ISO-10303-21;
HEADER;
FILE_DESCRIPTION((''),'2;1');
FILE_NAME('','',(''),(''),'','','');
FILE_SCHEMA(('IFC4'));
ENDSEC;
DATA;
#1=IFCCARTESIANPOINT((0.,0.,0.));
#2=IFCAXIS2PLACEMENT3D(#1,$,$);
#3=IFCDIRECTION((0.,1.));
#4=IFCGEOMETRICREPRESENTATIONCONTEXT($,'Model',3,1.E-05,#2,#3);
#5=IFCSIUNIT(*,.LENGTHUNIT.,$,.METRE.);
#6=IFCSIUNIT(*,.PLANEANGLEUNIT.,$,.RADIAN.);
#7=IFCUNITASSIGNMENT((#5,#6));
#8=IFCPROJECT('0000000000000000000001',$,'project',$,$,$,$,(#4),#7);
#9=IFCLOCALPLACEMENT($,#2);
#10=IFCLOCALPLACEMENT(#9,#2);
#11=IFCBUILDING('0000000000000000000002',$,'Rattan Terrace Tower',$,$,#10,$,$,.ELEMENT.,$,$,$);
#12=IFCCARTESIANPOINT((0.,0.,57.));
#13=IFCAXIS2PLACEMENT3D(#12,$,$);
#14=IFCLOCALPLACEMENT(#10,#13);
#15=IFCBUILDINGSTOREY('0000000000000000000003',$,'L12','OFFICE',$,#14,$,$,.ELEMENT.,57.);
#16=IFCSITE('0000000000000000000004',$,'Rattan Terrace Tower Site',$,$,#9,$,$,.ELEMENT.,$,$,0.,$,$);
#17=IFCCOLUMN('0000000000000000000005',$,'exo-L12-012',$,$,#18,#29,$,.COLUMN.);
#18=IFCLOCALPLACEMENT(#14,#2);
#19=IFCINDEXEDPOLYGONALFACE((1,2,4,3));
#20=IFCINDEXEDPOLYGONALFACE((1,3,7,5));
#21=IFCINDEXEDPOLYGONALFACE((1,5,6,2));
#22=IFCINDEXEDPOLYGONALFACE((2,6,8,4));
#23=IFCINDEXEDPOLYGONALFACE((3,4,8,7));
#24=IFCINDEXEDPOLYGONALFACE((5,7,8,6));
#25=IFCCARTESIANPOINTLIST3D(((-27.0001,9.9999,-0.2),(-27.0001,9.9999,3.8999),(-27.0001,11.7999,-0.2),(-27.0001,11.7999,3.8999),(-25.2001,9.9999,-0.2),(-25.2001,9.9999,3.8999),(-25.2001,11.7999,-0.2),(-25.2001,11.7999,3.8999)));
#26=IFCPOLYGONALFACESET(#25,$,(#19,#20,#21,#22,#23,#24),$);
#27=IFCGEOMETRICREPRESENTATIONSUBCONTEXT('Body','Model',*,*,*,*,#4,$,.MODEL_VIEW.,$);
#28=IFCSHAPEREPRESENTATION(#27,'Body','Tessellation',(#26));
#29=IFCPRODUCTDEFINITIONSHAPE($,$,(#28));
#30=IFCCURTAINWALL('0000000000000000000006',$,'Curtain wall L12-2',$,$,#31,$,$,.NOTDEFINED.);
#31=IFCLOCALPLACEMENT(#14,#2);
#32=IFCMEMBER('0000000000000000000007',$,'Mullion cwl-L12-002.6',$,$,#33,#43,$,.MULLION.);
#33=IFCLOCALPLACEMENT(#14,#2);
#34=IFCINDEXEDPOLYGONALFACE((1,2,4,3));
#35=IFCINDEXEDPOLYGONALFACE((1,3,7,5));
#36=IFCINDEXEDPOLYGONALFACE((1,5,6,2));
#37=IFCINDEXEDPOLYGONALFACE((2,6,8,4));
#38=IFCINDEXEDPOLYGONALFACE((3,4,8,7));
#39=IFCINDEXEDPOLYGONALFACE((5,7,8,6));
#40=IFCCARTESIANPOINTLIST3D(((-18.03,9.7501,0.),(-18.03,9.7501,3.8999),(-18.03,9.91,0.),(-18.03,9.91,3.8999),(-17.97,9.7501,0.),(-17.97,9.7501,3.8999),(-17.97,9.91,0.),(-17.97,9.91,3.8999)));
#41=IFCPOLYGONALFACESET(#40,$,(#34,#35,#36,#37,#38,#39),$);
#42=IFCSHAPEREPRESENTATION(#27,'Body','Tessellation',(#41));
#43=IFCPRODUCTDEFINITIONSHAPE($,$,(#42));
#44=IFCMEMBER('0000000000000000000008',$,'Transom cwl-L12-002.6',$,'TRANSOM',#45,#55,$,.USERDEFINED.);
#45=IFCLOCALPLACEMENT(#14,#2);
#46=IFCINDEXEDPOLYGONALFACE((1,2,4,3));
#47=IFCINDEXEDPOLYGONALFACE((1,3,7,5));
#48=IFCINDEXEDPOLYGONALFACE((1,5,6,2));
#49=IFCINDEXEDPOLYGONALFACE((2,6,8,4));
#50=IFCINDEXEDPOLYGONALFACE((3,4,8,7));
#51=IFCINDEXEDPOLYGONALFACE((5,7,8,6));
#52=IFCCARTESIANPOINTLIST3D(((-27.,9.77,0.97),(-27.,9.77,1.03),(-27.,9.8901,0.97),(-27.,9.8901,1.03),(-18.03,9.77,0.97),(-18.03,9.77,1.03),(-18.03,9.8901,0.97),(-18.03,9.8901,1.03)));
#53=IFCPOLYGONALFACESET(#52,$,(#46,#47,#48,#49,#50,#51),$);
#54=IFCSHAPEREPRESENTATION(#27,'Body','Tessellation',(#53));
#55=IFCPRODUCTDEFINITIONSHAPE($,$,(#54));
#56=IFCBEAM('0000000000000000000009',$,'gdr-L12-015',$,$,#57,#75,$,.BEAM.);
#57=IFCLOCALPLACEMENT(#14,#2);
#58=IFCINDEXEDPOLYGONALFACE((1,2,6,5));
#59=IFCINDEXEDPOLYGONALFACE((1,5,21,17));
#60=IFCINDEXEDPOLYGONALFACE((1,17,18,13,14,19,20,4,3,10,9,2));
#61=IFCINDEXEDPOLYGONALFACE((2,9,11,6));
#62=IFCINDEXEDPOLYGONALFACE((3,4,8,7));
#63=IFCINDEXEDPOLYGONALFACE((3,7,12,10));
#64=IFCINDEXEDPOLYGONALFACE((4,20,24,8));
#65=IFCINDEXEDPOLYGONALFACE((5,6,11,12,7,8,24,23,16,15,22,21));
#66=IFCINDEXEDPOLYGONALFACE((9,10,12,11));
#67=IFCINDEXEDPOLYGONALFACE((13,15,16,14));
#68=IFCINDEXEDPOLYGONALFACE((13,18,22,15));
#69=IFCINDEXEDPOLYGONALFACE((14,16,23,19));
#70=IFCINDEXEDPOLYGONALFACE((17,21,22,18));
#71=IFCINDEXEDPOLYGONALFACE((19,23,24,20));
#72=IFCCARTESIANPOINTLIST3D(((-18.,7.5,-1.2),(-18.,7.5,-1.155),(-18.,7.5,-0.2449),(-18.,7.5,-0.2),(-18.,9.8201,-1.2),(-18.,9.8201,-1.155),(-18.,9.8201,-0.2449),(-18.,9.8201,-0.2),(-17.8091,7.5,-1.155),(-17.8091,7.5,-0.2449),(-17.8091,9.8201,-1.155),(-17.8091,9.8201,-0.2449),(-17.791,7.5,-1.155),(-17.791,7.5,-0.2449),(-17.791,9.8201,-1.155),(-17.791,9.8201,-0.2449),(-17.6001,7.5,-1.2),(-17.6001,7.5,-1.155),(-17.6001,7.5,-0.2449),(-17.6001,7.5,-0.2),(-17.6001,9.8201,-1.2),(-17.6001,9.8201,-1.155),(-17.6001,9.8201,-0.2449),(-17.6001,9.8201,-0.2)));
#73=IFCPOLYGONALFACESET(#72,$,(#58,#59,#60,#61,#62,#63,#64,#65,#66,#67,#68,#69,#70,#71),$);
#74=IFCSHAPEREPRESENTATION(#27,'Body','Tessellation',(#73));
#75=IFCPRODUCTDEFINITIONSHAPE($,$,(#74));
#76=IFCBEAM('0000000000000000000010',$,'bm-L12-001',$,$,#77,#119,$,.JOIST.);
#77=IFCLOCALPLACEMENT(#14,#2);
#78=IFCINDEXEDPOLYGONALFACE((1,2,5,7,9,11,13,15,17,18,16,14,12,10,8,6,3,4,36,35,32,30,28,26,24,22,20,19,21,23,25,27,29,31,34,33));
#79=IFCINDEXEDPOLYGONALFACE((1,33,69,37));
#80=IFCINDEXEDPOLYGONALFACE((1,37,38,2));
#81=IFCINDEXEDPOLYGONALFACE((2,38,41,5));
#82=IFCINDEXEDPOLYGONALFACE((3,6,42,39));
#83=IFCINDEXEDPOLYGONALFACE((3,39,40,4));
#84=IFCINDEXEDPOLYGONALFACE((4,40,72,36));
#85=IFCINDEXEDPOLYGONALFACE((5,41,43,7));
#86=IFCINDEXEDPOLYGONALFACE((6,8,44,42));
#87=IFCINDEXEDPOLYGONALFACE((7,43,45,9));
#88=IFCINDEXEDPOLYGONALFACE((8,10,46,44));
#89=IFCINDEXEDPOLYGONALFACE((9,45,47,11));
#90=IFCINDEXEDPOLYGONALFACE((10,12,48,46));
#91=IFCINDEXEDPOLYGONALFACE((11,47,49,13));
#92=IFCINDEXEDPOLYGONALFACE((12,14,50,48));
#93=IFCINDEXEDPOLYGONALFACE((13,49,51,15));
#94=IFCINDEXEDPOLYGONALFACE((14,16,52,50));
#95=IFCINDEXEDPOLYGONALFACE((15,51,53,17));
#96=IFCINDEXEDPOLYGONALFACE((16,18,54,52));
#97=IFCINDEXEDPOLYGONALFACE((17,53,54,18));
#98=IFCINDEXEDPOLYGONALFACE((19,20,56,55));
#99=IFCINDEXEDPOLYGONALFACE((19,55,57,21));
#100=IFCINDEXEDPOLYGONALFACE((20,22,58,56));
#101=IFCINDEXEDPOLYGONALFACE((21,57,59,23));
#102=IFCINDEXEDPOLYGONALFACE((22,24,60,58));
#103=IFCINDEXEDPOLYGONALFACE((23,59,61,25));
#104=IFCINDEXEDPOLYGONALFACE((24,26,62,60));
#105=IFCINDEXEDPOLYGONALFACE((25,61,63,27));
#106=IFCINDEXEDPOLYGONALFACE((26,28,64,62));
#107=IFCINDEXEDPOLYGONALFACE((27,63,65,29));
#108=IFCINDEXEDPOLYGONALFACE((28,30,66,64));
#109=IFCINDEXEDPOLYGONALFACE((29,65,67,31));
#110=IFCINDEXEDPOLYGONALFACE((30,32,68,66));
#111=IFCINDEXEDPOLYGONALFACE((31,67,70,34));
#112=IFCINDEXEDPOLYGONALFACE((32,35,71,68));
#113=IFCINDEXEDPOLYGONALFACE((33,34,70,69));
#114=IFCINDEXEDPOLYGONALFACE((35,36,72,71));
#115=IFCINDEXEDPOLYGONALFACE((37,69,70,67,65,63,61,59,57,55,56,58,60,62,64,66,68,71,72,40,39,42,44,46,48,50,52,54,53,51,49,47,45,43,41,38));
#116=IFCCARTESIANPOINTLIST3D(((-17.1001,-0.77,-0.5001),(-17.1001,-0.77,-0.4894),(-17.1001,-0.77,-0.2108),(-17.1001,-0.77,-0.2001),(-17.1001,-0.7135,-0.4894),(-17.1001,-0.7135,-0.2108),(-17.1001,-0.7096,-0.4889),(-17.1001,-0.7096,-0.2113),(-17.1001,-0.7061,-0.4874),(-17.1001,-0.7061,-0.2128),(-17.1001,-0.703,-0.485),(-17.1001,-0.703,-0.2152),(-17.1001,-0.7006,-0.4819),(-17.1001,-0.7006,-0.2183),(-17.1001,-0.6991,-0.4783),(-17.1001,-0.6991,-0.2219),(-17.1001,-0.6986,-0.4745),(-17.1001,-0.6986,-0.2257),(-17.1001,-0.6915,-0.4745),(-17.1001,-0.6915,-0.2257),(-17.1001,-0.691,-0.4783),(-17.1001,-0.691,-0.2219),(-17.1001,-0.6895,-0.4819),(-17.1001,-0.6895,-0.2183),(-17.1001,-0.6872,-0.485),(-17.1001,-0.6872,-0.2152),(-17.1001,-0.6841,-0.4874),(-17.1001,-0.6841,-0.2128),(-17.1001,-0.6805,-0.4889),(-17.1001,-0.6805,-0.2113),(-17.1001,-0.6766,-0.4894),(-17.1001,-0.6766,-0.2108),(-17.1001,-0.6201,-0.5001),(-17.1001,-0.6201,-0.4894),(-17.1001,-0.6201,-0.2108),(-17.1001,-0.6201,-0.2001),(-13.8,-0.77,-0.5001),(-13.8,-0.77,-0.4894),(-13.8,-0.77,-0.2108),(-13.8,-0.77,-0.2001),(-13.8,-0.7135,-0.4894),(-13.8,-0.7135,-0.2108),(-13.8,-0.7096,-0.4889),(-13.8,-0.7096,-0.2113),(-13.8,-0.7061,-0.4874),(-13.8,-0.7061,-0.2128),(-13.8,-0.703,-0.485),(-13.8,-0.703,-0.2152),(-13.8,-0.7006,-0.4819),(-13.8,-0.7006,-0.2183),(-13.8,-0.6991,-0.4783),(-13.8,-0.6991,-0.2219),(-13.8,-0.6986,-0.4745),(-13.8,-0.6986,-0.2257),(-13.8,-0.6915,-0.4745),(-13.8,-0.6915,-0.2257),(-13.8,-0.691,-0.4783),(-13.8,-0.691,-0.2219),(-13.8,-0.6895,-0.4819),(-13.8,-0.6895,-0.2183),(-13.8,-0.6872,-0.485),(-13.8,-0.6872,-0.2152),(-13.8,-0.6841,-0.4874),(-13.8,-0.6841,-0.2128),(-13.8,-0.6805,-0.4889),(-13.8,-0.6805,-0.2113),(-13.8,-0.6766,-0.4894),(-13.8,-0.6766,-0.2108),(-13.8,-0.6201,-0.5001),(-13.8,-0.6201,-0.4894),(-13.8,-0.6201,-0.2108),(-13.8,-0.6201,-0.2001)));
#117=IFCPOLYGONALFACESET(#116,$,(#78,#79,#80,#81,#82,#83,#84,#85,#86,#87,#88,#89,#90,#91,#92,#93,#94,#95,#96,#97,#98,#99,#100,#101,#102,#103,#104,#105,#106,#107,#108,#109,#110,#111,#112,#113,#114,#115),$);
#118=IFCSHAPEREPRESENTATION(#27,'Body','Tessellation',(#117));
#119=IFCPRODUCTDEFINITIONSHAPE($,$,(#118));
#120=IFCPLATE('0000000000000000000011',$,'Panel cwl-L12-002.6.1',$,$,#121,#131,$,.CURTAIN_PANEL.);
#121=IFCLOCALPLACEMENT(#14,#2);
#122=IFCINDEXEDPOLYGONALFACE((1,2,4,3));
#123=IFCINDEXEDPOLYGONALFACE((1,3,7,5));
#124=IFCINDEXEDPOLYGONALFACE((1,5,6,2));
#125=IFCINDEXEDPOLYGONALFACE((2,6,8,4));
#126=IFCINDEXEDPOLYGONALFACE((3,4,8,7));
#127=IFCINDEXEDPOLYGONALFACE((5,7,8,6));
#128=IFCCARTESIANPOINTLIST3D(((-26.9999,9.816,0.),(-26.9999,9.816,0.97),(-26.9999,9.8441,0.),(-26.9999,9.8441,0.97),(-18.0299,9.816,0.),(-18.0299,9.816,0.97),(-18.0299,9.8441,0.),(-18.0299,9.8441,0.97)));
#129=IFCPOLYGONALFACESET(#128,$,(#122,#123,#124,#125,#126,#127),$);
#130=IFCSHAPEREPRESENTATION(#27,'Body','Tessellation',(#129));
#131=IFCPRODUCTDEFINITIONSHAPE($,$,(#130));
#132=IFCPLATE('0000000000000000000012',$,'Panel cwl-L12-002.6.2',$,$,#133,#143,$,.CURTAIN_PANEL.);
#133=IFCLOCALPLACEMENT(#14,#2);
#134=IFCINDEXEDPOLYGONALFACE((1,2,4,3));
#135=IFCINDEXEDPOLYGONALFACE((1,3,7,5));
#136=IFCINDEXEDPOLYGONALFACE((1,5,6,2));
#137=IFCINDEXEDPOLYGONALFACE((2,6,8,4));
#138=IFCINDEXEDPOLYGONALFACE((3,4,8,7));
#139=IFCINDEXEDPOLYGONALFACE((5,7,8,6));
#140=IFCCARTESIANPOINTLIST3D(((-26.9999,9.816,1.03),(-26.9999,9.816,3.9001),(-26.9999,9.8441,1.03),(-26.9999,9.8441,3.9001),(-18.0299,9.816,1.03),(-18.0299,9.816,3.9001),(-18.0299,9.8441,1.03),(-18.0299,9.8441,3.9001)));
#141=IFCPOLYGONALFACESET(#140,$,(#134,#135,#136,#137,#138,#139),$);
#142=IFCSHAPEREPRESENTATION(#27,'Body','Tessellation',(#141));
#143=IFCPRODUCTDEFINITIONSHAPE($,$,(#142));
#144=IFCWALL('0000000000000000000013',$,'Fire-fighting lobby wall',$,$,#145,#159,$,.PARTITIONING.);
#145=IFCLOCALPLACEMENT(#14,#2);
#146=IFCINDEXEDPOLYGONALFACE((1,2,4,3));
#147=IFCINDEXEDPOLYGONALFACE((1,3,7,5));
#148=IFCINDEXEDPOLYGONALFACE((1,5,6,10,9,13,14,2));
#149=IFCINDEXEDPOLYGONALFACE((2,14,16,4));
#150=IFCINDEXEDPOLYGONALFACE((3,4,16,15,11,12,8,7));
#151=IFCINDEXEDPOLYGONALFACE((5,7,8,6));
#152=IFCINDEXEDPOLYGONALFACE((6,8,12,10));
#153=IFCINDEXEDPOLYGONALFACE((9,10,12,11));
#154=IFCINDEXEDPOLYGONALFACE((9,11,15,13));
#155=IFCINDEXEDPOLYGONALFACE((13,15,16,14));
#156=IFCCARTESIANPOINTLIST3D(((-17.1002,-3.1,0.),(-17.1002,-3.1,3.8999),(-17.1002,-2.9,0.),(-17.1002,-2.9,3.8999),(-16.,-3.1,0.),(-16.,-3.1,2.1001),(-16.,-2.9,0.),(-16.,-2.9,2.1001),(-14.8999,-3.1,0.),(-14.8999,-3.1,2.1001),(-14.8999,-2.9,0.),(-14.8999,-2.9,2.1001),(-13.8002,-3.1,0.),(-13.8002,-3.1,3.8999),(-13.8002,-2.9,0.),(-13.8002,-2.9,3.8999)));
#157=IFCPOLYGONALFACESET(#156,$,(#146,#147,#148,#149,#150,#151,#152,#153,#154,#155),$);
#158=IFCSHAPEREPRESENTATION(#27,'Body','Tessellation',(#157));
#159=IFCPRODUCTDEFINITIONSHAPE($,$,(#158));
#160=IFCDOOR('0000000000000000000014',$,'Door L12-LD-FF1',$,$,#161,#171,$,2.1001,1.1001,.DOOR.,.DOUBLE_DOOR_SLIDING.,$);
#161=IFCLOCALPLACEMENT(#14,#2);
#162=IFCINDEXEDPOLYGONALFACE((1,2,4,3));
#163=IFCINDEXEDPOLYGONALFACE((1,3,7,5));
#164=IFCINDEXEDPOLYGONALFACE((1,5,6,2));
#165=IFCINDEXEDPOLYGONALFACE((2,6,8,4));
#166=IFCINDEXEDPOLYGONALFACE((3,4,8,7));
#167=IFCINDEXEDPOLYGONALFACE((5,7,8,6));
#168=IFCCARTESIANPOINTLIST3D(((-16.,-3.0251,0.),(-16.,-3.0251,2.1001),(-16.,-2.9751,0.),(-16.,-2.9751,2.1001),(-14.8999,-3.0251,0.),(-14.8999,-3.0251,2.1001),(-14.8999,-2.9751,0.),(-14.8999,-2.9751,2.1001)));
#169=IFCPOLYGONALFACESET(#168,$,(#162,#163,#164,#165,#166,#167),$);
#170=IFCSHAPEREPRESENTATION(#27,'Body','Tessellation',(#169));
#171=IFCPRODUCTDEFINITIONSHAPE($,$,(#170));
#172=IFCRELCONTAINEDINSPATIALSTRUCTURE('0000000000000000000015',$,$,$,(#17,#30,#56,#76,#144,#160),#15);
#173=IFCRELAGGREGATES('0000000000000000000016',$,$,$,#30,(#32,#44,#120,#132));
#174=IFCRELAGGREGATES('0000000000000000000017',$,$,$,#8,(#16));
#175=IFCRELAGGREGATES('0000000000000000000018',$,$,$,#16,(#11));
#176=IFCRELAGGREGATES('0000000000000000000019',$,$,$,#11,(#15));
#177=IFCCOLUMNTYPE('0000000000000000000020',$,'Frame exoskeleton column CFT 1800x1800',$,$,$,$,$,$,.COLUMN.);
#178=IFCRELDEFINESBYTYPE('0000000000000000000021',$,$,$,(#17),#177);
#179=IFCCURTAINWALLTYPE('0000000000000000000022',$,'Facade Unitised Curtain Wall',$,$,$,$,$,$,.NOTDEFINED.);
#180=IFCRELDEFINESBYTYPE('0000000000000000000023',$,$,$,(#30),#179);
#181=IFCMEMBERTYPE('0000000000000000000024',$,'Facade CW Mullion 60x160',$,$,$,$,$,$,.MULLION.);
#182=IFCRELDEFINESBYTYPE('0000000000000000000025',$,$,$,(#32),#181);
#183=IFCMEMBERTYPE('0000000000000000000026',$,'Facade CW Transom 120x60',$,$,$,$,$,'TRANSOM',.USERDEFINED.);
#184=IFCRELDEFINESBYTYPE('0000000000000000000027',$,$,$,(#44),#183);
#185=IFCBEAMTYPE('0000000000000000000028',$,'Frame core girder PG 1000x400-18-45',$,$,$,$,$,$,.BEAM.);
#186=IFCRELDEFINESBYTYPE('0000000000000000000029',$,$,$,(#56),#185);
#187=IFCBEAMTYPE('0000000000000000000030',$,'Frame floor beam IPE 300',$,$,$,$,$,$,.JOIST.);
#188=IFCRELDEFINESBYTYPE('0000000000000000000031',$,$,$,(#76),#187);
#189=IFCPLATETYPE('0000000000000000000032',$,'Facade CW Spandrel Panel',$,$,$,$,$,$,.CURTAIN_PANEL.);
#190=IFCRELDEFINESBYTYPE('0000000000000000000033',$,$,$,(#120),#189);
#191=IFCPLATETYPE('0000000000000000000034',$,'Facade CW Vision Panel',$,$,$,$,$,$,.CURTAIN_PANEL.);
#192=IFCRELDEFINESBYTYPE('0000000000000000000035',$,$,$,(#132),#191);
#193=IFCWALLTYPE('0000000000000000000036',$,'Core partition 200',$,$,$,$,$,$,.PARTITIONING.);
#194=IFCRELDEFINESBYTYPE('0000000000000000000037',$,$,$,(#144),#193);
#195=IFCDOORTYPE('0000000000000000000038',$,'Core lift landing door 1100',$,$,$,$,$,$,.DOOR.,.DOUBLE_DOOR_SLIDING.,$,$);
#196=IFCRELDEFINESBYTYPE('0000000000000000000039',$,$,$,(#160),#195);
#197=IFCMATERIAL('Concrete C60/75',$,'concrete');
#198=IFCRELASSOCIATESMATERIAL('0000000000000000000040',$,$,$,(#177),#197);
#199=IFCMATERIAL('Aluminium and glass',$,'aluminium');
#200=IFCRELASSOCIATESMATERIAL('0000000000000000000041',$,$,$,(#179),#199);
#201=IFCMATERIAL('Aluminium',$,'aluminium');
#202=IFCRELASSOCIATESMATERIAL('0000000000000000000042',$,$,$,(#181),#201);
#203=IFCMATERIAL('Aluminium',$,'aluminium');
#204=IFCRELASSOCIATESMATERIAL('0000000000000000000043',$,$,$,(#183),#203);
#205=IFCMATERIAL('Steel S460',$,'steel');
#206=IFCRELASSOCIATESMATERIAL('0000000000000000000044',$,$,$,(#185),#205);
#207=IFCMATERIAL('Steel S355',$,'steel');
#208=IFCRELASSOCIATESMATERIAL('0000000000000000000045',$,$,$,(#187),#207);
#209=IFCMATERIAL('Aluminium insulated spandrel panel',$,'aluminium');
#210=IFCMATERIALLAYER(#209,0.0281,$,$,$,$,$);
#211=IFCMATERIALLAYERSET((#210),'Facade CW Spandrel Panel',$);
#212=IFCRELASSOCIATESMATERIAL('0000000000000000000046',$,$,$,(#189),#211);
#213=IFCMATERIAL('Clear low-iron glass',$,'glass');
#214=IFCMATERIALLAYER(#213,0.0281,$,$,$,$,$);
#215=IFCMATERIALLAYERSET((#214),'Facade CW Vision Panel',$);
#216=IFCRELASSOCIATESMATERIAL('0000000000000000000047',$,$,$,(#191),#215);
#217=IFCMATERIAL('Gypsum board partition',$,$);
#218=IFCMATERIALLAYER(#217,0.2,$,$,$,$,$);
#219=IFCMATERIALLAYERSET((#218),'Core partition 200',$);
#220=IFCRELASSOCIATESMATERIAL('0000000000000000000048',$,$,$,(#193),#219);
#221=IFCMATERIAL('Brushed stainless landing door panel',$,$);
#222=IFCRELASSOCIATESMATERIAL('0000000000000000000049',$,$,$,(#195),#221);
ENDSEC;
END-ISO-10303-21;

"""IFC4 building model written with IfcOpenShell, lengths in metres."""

from ifc_helpers import new_model, si_unit, direction, frame, frame_2d, origin, origin_2d, place, context, subcontext, project, spatial, rectangle, i_section, extrude, material, layer, layer_set, material_profile, profile_set, type_object, element, fill, aggregate, save


model = new_model("IFC4")

# Units and contexts
model_context = context("Model", 3, precision=1e-05, world=origin(), true_north=direction((0.0, 1.0)))
body_context = subcontext(model_context, "Body", "Model", "MODEL_VIEW")
ifc_project = project(units=[si_unit("LENGTHUNIT", "METRE"), si_unit("PLANEANGLEUNIT", "RADIAN")], contexts=[model_context])

# Site, building, storey
site_placement = place(None, origin())
site = spatial("IfcSite", under=ifc_project, at=site_placement, Name="Rattan Terrace Tower Site", CompositionType="ELEMENT", RefElevation=0.0)
building_placement = place(site_placement, origin())
building = spatial("IfcBuilding", under=site, at=building_placement, Name="Rattan Terrace Tower", CompositionType="ELEMENT")
storey_placement = place(building_placement, frame((0.0, 0.0, 57.0)))
storey = spatial("IfcBuildingStorey", under=building, at=storey_placement, Name="L12", Description="OFFICE", CompositionType="ELEMENT", Elevation=57.0)

# Column
ifc_material_1 = material(Name="Concrete C60/75", Category="concrete")
ifc_material_profile_1 = material_profile(ifc_material_1, rectangle(XDim=1.8, YDim=1.8, at=origin_2d()), Name="CFT 1800x1800")
ifc_profile_set_1 = profile_set([ifc_material_profile_1], Name="Concrete C60/75")
column_type = type_object("IfcColumnType", Name="Frame exoskeleton column CFT 1800x1800", PredefinedType="COLUMN", material=ifc_profile_set_1)
column_placement = place(storey_placement, frame((-26.1001, 10.8999, -0.2), z_axis=(0.0, 0.0, 1.0), x_axis=(1.0, 0.0, 0.0)))
element("IfcColumn", 1, at=column_placement, inside=storey, type_object=column_type, Name="exo-L12-012", PredefinedType="COLUMN", context=body_context, shape_type="SweptSolid", body=[
    extrude(rectangle(XDim=1.8, YDim=1.8, at=origin_2d()), origin(), (0.0, 0.0, 1.0), 4.0999),
])

# Curtain wall, members
ifc_material_2 = material(Name="Aluminium and glass", Category="aluminium")
curtain_wall_type = type_object("IfcCurtainWallType", Name="Facade Unitised Curtain Wall", PredefinedType="NOTDEFINED", material=ifc_material_2)
curtain_wall_placement = place(storey_placement, origin())
curtain_wall = element("IfcCurtainWall", 2, at=curtain_wall_placement, inside=storey, type_object=curtain_wall_type, Name="Curtain wall L12-2", PredefinedType="NOTDEFINED")
ifc_material_3 = material(Name="Aluminium", Category="aluminium")
ifc_material_profile_2 = material_profile(ifc_material_3, rectangle(XDim=0.0601, YDim=0.1599, at=origin_2d()), Name="Aluminium 60x160")
ifc_profile_set_2 = profile_set([ifc_material_profile_2], Name="Aluminium")
member_type_1 = type_object("IfcMemberType", Name="Facade CW Mullion 60x160", PredefinedType="MULLION", material=ifc_profile_set_2)
member_1_placement = place(storey_placement, frame((-18.0, 9.8301, 0.0), z_axis=(0.0, 0.0, 1.0), x_axis=(-1.0, 0.0, 0.0)))
member_1 = element("IfcMember", 3, at=member_1_placement, type_object=member_type_1, Name="Mullion cwl-L12-002.6", PredefinedType="MULLION", context=body_context, shape_type="SweptSolid", body=[
    extrude(rectangle(XDim=0.0601, YDim=0.1599, at=origin_2d()), origin(), (0.0, 0.0, 1.0), 3.8999),
])
ifc_material_4 = material(Name="Aluminium", Category="aluminium")
ifc_material_profile_3 = material_profile(ifc_material_4, rectangle(XDim=0.1201, YDim=0.0601, at=origin_2d()), Name="Aluminium 120x60")
ifc_profile_set_3 = profile_set([ifc_material_profile_3], Name="Aluminium")
member_type_2 = type_object("IfcMemberType", Name="Facade CW Transom 120x60", ElementType="TRANSOM", PredefinedType="USERDEFINED", material=ifc_profile_set_3)
member_2_placement = place(storey_placement, frame((-18.03, 9.8301, 1.0), z_axis=(-1.0, 0.0, 0.0), x_axis=(0.0, -1.0, 0.0)))
member_2 = element("IfcMember", 4, at=member_2_placement, type_object=member_type_2, Name="Transom cwl-L12-002.6", ObjectType="TRANSOM", PredefinedType="USERDEFINED", context=body_context, shape_type="SweptSolid", body=[
    extrude(rectangle(XDim=0.1201, YDim=0.0601, at=origin_2d()), origin(), (0.0, 0.0, 1.0), 8.97),
])

# Beams
ifc_material_5 = material(Name="Steel S460", Category="steel")
ifc_material_profile_4 = material_profile(ifc_material_5, i_section(OverallWidth=0.3999, OverallDepth=1.0, WebThickness=0.0181, FlangeThickness=0.0449, at=origin_2d()), Name="PG 1000x400-18-45")
ifc_profile_set_4 = profile_set([ifc_material_profile_4], Name="Steel S460")
beam_type_1 = type_object("IfcBeamType", Name="Frame core girder PG 1000x400-18-45", PredefinedType="BEAM", material=ifc_profile_set_4)
beam_1_placement = place(storey_placement, frame((-17.8, 7.5, -0.7), z_axis=(0.0, 1.0, 0.0), x_axis=(-1.0, 0.0, 0.0)))
element("IfcBeam", 5, at=beam_1_placement, inside=storey, type_object=beam_type_1, Name="gdr-L12-015", PredefinedType="BEAM", context=body_context, shape_type="SweptSolid", body=[
    extrude(i_section(OverallWidth=0.3999, OverallDepth=1.0, WebThickness=0.0181, FlangeThickness=0.0449, at=origin_2d()), origin(), (0.0, 0.0, 1.0), 2.3201),
])
ifc_material_6 = material(Name="Steel S355", Category="steel")
ifc_material_profile_5 = material_profile(ifc_material_6, i_section(OverallWidth=0.1499, OverallDepth=0.3, WebThickness=0.0071, FlangeThickness=0.0107, FilletRadius=0.0149, at=origin_2d()), Name="IPE 300")
ifc_profile_set_5 = profile_set([ifc_material_profile_5], Name="Steel S355")
beam_type_2 = type_object("IfcBeamType", Name="Frame floor beam IPE 300", PredefinedType="JOIST", material=ifc_profile_set_5)
beam_2_placement = place(storey_placement, frame((-17.1001, -0.6951, -0.3501), z_axis=(1.0, 0.0, 0.0), x_axis=(0.0, 1.0, 0.0)))
element("IfcBeam", 6, at=beam_2_placement, inside=storey, type_object=beam_type_2, Name="bm-L12-001", PredefinedType="JOIST", context=body_context, shape_type="SweptSolid", body=[
    extrude(i_section(OverallWidth=0.1499, OverallDepth=0.3, WebThickness=0.0071, FlangeThickness=0.0107, FilletRadius=0.0149, at=origin_2d()), origin(), (0.0, 0.0, 1.0), 3.3),
])

# Plates
ifc_material_7 = material(Name="Aluminium insulated spandrel panel", Category="aluminium")
ifc_layer_1 = layer(ifc_material_7, 0.0281)
ifc_layer_set_1 = layer_set([ifc_layer_1], Name="Facade CW Spandrel Panel")
plate_type_1 = type_object("IfcPlateType", Name="Facade CW Spandrel Panel", PredefinedType="CURTAIN_PANEL", material=ifc_layer_set_1)
plate_1_placement = place(storey_placement, frame((-22.5149, 9.8301, 0.0), z_axis=(0.0, 0.0, 1.0), x_axis=(-1.0, 0.0, 0.0)))
plate_1 = element("IfcPlate", 7, at=plate_1_placement, type_object=plate_type_1, Name="Panel cwl-L12-002.6.1", PredefinedType="CURTAIN_PANEL", context=body_context, shape_type="SweptSolid", body=[
    extrude(rectangle(XDim=8.97, YDim=0.0281, at=origin_2d()), origin(), (0.0, 0.0, 1.0), 0.97),
])
ifc_material_8 = material(Name="Clear low-iron glass", Category="glass")
ifc_layer_2 = layer(ifc_material_8, 0.0281)
ifc_layer_set_2 = layer_set([ifc_layer_2], Name="Facade CW Vision Panel")
plate_type_2 = type_object("IfcPlateType", Name="Facade CW Vision Panel", PredefinedType="CURTAIN_PANEL", material=ifc_layer_set_2)
plate_2_placement = place(storey_placement, frame((-22.5149, 9.8301, 1.03), z_axis=(0.0, 0.0, 1.0), x_axis=(-1.0, 0.0, 0.0)))
plate_2 = element("IfcPlate", 8, at=plate_2_placement, type_object=plate_type_2, Name="Panel cwl-L12-002.6.2", PredefinedType="CURTAIN_PANEL", context=body_context, shape_type="SweptSolid", body=[
    extrude(rectangle(XDim=8.97, YDim=0.0281, at=origin_2d()), origin(), (0.0, 0.0, 1.0), 2.8701),
])
aggregate(curtain_wall, [member_1, member_2, plate_1, plate_2])

# Wall, opening, door
ifc_material_9 = material(Name="Gypsum board partition")
ifc_layer_3 = layer(ifc_material_9, 0.2)
ifc_layer_set_3 = layer_set([ifc_layer_3], Name="Core partition 200")
wall_type_1 = type_object("IfcWallType", Name="Core partition 200", PredefinedType="PARTITIONING", material=ifc_layer_set_3)
wall_1_placement = place(storey_placement, frame((-17.1001, -3.0, 0.0), z_axis=(0.0, 0.0, 1.0), x_axis=(1.0, 0.0, 0.0)))
wall_1 = element("IfcWall", 9, at=wall_1_placement, inside=storey, type_object=wall_type_1, Name="Fire-fighting lobby wall", PredefinedType="PARTITIONING", context=body_context, shape_type="SweptSolid", body=[
    extrude(rectangle(XDim=3.3, YDim=0.2, at=frame_2d((1.6499, 0.0))), origin(), (0.0, 0.0, 1.0), 3.8999),
])
opening_1_placement = place(wall_1_placement, frame((1.1001, 0.0, 0.0)))
opening_1 = element("IfcOpeningElement", 10, at=opening_1_placement, cuts=wall_1, PredefinedType="OPENING", context=body_context, shape_type="SweptSolid", body=[
    extrude(rectangle(XDim=1.1001, YDim=2.1001, at=frame_2d((0.55, 1.05))), frame((0.0, 0.1106, 0.0), z_axis=(0.0, -1.0, 0.0), x_axis=(1.0, 0.0, 0.0)), (0.0, 0.0, 1.0), 0.2209),
])
ifc_material_10 = material(Name="Brushed stainless landing door panel")
door_type_1 = type_object("IfcDoorType", Name="Core lift landing door 1100", OperationType="DOUBLE_DOOR_SLIDING", PredefinedType="DOOR", material=ifc_material_10)
door_1_placement = place(opening_1_placement, origin())
door_1 = element("IfcDoor", 11, at=door_1_placement, inside=storey, type_object=door_type_1, Name="Door L12-LD-FF1", OperationType="DOUBLE_DOOR_SLIDING", OverallHeight=2.1001, OverallWidth=1.1001, PredefinedType="DOOR", context=body_context, shape_type="SweptSolid", body=[
    extrude(rectangle(XDim=1.1001, YDim=2.1001, at=frame_2d((0.55, 1.05))), frame((0.0, 0.0249, 0.0), z_axis=(0.0, -1.0, 0.0), x_axis=(1.0, 0.0, 0.0)), (0.0, 0.0, 1.0), 0.05),
])
fill(opening_1, door_1)

save(model, "model.ifc")
